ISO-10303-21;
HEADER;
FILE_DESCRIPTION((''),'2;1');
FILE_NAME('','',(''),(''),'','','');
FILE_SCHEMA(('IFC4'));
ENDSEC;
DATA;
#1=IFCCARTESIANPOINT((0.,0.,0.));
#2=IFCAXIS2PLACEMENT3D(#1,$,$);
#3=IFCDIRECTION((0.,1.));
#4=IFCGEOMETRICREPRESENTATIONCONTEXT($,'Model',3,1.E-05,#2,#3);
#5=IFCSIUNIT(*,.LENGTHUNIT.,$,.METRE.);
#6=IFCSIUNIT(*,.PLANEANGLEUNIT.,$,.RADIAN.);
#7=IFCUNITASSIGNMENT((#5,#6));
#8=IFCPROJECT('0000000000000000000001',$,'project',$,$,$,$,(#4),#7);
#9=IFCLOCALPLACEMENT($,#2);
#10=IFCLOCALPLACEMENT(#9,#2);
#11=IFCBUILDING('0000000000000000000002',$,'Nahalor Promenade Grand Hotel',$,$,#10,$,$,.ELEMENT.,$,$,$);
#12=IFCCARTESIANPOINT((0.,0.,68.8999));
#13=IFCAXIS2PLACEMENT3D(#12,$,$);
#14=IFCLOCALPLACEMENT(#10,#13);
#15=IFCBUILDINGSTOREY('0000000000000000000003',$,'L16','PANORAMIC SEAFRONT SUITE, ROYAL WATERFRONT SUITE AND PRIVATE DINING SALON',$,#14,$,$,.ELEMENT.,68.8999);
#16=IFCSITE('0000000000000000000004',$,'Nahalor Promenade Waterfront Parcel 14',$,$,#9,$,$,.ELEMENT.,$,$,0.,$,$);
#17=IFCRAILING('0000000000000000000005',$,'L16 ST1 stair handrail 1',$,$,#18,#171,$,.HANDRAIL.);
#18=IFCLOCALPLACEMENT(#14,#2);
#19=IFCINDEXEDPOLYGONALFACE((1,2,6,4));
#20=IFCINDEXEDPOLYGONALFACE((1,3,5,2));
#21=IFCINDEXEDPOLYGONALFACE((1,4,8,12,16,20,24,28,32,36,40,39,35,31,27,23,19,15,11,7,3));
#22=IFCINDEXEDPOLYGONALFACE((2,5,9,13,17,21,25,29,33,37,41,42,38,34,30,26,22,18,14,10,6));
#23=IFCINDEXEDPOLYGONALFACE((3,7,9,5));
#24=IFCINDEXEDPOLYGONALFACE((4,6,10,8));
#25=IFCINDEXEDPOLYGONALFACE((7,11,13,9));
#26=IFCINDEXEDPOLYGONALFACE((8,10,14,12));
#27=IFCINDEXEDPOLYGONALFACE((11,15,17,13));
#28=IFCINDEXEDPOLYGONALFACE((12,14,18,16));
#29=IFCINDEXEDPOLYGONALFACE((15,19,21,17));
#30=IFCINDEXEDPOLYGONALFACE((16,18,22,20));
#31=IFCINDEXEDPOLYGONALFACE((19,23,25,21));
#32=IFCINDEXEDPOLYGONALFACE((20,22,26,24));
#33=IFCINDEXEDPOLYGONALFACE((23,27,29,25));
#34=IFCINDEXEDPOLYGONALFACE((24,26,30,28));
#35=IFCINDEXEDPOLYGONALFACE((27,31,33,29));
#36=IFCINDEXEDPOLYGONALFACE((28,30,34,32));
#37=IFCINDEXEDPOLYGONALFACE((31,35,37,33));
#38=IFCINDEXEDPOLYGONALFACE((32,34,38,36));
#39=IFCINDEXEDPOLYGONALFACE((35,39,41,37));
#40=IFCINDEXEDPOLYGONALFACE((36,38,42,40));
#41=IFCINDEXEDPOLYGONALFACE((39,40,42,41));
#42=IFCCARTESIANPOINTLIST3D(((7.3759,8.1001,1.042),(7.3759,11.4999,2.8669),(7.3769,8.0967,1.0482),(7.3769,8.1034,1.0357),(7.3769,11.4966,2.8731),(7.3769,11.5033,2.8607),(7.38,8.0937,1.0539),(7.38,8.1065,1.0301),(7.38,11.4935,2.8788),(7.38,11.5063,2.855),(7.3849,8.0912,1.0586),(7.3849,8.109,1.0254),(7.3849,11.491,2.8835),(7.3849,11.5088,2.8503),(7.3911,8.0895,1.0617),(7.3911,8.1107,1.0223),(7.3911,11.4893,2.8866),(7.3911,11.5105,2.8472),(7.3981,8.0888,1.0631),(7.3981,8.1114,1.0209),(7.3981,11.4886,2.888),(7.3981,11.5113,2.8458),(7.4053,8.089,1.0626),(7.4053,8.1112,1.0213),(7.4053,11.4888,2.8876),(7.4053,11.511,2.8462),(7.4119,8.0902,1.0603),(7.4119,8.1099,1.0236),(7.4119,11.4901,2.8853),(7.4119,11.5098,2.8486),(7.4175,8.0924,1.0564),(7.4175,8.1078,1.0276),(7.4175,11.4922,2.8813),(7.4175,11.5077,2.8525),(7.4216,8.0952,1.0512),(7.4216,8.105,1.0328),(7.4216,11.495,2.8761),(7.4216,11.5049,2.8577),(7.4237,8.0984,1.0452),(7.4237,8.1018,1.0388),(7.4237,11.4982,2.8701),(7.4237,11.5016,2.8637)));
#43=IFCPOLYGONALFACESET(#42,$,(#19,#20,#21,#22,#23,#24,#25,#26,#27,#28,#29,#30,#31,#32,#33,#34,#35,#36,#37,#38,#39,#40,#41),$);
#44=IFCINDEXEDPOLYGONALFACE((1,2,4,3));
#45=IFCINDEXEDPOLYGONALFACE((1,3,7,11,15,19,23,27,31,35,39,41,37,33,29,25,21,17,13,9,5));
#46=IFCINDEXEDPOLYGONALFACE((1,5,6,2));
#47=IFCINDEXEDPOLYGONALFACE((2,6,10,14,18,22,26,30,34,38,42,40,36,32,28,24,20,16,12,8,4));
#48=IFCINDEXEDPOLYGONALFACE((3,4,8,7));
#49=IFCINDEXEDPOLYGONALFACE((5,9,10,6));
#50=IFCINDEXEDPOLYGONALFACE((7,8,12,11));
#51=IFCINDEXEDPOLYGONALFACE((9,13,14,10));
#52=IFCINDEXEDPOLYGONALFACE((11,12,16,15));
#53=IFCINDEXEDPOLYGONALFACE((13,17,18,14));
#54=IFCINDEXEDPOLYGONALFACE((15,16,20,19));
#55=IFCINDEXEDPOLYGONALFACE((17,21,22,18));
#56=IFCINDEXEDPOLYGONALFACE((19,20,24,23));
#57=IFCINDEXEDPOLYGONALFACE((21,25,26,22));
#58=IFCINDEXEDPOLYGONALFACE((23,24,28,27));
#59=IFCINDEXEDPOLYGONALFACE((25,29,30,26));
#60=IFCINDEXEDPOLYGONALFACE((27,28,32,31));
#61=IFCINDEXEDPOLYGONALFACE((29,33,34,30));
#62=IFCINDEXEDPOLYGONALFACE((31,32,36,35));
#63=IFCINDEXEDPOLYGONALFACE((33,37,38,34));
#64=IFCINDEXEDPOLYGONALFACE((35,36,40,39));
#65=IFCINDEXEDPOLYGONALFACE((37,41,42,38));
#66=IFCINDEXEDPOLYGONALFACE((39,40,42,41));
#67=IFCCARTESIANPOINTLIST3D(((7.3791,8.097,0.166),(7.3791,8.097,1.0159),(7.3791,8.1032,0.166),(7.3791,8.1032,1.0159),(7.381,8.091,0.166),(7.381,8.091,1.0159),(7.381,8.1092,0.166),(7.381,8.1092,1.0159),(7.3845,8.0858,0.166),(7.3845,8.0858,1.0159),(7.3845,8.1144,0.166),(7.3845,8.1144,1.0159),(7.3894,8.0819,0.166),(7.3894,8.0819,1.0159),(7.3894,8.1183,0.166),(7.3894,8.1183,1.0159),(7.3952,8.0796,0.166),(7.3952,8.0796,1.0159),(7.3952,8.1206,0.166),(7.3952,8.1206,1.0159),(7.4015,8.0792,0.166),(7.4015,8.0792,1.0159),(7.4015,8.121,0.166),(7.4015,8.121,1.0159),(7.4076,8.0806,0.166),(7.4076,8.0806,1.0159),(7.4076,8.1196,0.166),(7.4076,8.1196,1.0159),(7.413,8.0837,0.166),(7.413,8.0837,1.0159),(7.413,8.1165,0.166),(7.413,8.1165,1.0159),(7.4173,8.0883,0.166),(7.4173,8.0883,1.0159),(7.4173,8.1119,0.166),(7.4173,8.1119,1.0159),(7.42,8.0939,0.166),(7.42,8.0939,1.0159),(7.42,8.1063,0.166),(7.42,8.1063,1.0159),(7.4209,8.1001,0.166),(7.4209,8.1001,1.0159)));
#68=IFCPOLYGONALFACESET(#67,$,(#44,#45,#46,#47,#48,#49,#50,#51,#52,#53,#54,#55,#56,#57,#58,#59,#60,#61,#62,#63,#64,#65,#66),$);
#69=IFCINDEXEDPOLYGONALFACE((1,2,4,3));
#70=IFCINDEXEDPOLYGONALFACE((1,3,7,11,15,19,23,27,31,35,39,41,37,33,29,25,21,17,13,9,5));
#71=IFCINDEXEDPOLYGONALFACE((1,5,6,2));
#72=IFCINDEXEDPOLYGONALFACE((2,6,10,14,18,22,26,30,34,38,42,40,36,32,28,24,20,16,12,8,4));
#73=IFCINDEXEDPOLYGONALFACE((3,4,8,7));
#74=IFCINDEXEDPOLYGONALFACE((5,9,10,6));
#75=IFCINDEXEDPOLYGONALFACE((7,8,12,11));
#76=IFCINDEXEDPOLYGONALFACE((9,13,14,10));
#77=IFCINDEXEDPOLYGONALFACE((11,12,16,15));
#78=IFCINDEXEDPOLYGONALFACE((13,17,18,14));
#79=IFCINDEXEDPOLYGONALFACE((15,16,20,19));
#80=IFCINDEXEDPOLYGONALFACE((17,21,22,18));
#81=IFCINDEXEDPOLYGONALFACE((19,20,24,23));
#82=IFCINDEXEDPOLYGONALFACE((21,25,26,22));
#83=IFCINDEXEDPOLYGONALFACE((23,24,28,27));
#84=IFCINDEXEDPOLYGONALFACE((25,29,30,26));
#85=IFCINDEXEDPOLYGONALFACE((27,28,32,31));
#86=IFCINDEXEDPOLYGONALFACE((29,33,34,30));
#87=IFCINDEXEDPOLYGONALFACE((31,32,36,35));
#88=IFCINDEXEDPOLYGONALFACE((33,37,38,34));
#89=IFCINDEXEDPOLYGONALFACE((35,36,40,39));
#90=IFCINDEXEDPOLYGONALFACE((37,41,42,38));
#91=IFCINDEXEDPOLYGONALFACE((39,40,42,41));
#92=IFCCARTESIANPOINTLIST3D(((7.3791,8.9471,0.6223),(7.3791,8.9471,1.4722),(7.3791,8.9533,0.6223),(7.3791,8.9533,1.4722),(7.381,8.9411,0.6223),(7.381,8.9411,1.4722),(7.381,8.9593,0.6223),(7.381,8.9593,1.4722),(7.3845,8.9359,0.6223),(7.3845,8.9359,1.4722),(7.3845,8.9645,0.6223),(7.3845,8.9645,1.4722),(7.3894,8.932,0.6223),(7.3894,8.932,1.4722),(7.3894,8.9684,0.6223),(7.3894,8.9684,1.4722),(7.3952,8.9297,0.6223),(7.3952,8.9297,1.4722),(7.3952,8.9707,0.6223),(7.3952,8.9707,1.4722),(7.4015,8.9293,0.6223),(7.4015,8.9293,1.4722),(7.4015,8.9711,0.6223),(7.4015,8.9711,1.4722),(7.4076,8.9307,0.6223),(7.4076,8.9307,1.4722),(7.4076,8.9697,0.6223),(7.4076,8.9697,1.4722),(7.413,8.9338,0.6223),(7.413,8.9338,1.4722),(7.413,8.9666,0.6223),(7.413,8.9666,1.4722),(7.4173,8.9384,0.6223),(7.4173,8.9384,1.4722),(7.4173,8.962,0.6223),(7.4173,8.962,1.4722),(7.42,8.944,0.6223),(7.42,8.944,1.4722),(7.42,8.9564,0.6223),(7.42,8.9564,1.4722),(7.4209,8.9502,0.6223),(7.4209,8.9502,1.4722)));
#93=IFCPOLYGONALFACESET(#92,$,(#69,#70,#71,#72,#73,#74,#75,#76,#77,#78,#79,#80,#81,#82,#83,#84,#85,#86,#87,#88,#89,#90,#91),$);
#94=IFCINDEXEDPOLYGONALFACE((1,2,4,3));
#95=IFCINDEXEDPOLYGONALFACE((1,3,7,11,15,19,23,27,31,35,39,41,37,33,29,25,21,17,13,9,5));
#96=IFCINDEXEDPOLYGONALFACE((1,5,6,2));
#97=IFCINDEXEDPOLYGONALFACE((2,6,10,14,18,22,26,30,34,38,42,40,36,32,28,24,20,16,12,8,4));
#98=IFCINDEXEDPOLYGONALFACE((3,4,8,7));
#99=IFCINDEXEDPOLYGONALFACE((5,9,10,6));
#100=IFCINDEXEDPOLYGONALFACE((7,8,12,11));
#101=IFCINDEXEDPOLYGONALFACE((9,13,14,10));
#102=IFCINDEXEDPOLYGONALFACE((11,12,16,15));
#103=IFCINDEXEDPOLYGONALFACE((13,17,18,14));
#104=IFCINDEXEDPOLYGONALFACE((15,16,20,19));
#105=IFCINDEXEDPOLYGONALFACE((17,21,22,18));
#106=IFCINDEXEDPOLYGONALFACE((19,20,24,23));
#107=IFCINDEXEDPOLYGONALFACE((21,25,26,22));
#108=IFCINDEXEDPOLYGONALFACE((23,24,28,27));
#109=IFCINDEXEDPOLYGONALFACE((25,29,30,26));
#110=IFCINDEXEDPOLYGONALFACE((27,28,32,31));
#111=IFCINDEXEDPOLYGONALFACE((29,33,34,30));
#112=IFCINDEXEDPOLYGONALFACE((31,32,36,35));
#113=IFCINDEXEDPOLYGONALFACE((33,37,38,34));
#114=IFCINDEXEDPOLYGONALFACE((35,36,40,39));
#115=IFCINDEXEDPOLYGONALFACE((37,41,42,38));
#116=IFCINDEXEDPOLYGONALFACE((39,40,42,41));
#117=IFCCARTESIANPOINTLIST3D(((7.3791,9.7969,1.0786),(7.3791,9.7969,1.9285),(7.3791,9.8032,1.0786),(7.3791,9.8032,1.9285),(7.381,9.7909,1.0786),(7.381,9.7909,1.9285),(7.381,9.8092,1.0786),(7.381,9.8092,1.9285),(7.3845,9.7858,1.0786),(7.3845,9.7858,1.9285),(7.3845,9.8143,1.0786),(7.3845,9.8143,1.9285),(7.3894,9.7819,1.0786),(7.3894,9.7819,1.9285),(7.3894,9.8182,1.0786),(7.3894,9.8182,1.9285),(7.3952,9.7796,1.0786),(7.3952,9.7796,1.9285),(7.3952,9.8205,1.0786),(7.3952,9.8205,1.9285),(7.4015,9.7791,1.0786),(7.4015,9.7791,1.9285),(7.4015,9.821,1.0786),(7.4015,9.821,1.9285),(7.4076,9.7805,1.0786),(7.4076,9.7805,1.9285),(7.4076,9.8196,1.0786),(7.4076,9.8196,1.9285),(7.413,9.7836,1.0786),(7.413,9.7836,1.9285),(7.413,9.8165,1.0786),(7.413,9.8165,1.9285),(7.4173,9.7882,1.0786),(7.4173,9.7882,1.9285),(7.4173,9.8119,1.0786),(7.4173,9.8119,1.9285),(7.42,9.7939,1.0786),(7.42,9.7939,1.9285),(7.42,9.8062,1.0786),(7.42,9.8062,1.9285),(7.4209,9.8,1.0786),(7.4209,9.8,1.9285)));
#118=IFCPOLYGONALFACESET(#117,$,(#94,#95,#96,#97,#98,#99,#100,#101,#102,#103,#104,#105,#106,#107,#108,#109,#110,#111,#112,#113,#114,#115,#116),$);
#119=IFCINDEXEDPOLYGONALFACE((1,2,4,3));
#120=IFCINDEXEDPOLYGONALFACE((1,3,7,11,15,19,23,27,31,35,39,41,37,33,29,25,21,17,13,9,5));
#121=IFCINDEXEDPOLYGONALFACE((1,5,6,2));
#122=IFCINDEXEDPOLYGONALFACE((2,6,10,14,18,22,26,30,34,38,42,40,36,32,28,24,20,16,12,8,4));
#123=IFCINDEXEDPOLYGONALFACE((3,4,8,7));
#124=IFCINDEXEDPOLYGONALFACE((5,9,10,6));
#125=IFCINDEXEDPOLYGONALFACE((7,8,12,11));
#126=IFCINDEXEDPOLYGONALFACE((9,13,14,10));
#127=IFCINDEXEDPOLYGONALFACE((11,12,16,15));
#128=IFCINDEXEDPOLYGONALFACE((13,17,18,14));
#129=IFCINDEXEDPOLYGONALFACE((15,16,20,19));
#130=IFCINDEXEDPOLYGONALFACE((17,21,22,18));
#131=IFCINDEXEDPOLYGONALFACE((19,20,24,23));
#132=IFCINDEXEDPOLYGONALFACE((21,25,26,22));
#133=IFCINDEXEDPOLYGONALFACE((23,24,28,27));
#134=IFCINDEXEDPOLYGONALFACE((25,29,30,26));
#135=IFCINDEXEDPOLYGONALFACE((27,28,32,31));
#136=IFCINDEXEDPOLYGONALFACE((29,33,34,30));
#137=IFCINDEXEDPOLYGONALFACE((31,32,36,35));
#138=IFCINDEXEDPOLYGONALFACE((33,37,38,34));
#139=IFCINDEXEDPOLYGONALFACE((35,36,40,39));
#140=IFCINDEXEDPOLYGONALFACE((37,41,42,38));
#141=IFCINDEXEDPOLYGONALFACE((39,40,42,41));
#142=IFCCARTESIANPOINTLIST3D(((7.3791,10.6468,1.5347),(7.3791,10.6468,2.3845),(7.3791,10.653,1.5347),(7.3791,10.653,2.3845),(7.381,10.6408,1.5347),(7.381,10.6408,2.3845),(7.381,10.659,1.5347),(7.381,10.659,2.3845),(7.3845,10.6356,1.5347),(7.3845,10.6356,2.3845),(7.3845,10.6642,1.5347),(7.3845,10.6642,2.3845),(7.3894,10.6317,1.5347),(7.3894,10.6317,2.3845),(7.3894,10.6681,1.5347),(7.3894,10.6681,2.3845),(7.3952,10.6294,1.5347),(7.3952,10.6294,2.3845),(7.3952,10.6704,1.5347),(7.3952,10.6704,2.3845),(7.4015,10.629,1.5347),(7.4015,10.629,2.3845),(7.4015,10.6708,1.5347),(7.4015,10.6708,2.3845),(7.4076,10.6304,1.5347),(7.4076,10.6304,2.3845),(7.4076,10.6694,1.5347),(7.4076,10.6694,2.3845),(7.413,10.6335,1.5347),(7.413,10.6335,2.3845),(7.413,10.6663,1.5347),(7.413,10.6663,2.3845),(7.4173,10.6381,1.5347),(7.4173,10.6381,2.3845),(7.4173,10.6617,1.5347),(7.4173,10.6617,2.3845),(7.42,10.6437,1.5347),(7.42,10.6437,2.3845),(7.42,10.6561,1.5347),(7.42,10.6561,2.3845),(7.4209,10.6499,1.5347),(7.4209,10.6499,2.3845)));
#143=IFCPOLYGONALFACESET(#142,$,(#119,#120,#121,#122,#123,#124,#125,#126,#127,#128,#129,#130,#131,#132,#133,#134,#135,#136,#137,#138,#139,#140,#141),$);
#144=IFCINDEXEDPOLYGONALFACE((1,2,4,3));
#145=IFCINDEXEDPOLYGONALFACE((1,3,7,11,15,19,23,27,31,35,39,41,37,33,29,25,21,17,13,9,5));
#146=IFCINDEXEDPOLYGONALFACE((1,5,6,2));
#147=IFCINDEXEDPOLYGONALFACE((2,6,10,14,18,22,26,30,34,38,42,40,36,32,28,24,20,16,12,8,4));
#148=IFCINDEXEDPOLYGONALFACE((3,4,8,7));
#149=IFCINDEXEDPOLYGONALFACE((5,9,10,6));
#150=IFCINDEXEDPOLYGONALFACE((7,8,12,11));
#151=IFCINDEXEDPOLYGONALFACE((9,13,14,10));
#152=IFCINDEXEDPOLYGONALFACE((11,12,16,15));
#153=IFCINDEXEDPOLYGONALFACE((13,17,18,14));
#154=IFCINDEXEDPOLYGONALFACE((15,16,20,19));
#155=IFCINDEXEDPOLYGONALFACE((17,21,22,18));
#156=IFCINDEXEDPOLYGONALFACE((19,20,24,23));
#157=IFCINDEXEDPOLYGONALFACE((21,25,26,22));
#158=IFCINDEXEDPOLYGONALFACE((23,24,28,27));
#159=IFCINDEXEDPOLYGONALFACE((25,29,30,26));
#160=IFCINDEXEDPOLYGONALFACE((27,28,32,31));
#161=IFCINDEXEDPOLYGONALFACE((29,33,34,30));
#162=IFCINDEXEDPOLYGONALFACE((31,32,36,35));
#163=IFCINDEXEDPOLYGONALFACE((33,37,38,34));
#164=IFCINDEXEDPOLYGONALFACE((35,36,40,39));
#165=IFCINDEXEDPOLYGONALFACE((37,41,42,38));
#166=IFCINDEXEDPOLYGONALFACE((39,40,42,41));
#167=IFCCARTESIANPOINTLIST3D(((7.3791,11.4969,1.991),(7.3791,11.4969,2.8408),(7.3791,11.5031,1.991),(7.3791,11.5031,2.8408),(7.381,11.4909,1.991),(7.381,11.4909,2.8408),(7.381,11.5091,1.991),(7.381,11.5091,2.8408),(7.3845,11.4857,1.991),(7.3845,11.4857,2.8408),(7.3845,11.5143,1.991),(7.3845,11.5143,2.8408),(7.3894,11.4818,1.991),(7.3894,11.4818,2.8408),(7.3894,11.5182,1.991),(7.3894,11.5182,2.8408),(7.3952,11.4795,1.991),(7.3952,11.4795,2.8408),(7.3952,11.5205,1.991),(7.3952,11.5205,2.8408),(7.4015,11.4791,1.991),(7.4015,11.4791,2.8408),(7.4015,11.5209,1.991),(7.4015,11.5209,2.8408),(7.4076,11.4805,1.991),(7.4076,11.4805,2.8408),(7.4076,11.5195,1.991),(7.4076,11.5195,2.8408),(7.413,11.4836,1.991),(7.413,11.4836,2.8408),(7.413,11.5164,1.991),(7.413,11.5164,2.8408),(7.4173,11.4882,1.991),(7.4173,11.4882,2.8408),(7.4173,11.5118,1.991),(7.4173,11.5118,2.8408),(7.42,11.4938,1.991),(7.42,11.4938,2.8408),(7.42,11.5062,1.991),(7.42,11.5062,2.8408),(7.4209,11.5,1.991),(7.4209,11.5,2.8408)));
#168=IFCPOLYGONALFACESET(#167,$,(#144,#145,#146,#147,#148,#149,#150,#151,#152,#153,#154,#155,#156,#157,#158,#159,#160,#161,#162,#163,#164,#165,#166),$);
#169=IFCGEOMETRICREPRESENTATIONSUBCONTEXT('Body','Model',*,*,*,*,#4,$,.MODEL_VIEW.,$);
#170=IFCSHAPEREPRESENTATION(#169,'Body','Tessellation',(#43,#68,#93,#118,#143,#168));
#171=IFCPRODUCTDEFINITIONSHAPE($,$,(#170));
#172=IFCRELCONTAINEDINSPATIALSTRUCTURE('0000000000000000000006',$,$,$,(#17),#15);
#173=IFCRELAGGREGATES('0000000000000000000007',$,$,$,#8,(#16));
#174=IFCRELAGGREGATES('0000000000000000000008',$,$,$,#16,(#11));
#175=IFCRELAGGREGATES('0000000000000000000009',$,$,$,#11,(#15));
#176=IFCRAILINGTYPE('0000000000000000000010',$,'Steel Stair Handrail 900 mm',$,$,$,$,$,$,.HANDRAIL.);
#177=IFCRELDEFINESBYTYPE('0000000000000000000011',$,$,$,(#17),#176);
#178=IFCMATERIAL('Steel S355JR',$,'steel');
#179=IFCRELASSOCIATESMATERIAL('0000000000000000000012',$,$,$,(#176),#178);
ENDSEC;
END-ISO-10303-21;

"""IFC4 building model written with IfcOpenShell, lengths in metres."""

from ifc_helpers import new_model, si_unit, direction, frame, origin, origin_2d, place, context, subcontext, project, spatial, circle, extrude, material, type_object, element, save


model = new_model("IFC4")

# Units and contexts
model_context = context("Model", 3, precision=1e-05, world=origin(), true_north=direction((0.0, 1.0)))
body_context = subcontext(model_context, "Body", "Model", "MODEL_VIEW")
ifc_project = project(units=[si_unit("LENGTHUNIT", "METRE"), si_unit("PLANEANGLEUNIT", "RADIAN")], contexts=[model_context])

# Site, building, storey
site_placement = place(None, origin())
site = spatial("IfcSite", under=ifc_project, at=site_placement, Name="Nahalor Promenade Waterfront Parcel 14", CompositionType="ELEMENT", RefElevation=0.0)
building_placement = place(site_placement, origin())
building = spatial("IfcBuilding", under=site, at=building_placement, Name="Nahalor Promenade Grand Hotel", CompositionType="ELEMENT")
storey_placement = place(building_placement, frame((0.0, 0.0, 68.8999)))
storey = spatial("IfcBuildingStorey", under=building, at=storey_placement, Name="L16", Description="PANORAMIC SEAFRONT SUITE, ROYAL WATERFRONT SUITE AND PRIVATE DINING SALON", CompositionType="ELEMENT", Elevation=68.8999)

# Shared definitions
ifc_material_1 = material(Name="Steel S355JR", Category="steel")

# Railing
railing_type_1 = type_object("IfcRailingType", Name="Steel Stair Handrail 900 mm", PredefinedType="HANDRAIL", material=ifc_material_1)
railing_1_placement = place(storey_placement, frame((7.3999, 8.1001, 0.166)))
element("IfcRailing", 1, at=railing_1_placement, inside=storey, type_object=railing_type_1, Name="L16 ST1 stair handrail 1", PredefinedType="HANDRAIL", context=body_context, shape_type="SweptSolid", body=[
    extrude(circle(Radius=0.024, at=origin_2d()), frame((0.0, 0.0, 0.876), z_axis=(0.0, 0.881094, 0.472941), x_axis=(-1.0, 0.0, 0.0)), (0.0, 0.0, 1.0), 3.8586),
    extrude(circle(Radius=0.021, at=origin_2d()), origin(), (0.0, 0.0, 1.0), 0.8499),
    extrude(circle(Radius=0.021, at=origin_2d()), frame((0.0, 0.8501, 0.4563)), (0.0, 0.0, 1.0), 0.8499),
    extrude(circle(Radius=0.021, at=origin_2d()), frame((0.0, 1.7, 0.9126)), (0.0, 0.0, 1.0), 0.8499),
    extrude(circle(Radius=0.021, at=origin_2d()), frame((0.0, 2.5498, 1.3687)), (0.0, 0.0, 1.0), 0.8499),
    extrude(circle(Radius=0.021, at=origin_2d()), frame((0.0, 3.3999, 1.825)), (0.0, 0.0, 1.0), 0.8499),
])

save(model, "model.ifc")
